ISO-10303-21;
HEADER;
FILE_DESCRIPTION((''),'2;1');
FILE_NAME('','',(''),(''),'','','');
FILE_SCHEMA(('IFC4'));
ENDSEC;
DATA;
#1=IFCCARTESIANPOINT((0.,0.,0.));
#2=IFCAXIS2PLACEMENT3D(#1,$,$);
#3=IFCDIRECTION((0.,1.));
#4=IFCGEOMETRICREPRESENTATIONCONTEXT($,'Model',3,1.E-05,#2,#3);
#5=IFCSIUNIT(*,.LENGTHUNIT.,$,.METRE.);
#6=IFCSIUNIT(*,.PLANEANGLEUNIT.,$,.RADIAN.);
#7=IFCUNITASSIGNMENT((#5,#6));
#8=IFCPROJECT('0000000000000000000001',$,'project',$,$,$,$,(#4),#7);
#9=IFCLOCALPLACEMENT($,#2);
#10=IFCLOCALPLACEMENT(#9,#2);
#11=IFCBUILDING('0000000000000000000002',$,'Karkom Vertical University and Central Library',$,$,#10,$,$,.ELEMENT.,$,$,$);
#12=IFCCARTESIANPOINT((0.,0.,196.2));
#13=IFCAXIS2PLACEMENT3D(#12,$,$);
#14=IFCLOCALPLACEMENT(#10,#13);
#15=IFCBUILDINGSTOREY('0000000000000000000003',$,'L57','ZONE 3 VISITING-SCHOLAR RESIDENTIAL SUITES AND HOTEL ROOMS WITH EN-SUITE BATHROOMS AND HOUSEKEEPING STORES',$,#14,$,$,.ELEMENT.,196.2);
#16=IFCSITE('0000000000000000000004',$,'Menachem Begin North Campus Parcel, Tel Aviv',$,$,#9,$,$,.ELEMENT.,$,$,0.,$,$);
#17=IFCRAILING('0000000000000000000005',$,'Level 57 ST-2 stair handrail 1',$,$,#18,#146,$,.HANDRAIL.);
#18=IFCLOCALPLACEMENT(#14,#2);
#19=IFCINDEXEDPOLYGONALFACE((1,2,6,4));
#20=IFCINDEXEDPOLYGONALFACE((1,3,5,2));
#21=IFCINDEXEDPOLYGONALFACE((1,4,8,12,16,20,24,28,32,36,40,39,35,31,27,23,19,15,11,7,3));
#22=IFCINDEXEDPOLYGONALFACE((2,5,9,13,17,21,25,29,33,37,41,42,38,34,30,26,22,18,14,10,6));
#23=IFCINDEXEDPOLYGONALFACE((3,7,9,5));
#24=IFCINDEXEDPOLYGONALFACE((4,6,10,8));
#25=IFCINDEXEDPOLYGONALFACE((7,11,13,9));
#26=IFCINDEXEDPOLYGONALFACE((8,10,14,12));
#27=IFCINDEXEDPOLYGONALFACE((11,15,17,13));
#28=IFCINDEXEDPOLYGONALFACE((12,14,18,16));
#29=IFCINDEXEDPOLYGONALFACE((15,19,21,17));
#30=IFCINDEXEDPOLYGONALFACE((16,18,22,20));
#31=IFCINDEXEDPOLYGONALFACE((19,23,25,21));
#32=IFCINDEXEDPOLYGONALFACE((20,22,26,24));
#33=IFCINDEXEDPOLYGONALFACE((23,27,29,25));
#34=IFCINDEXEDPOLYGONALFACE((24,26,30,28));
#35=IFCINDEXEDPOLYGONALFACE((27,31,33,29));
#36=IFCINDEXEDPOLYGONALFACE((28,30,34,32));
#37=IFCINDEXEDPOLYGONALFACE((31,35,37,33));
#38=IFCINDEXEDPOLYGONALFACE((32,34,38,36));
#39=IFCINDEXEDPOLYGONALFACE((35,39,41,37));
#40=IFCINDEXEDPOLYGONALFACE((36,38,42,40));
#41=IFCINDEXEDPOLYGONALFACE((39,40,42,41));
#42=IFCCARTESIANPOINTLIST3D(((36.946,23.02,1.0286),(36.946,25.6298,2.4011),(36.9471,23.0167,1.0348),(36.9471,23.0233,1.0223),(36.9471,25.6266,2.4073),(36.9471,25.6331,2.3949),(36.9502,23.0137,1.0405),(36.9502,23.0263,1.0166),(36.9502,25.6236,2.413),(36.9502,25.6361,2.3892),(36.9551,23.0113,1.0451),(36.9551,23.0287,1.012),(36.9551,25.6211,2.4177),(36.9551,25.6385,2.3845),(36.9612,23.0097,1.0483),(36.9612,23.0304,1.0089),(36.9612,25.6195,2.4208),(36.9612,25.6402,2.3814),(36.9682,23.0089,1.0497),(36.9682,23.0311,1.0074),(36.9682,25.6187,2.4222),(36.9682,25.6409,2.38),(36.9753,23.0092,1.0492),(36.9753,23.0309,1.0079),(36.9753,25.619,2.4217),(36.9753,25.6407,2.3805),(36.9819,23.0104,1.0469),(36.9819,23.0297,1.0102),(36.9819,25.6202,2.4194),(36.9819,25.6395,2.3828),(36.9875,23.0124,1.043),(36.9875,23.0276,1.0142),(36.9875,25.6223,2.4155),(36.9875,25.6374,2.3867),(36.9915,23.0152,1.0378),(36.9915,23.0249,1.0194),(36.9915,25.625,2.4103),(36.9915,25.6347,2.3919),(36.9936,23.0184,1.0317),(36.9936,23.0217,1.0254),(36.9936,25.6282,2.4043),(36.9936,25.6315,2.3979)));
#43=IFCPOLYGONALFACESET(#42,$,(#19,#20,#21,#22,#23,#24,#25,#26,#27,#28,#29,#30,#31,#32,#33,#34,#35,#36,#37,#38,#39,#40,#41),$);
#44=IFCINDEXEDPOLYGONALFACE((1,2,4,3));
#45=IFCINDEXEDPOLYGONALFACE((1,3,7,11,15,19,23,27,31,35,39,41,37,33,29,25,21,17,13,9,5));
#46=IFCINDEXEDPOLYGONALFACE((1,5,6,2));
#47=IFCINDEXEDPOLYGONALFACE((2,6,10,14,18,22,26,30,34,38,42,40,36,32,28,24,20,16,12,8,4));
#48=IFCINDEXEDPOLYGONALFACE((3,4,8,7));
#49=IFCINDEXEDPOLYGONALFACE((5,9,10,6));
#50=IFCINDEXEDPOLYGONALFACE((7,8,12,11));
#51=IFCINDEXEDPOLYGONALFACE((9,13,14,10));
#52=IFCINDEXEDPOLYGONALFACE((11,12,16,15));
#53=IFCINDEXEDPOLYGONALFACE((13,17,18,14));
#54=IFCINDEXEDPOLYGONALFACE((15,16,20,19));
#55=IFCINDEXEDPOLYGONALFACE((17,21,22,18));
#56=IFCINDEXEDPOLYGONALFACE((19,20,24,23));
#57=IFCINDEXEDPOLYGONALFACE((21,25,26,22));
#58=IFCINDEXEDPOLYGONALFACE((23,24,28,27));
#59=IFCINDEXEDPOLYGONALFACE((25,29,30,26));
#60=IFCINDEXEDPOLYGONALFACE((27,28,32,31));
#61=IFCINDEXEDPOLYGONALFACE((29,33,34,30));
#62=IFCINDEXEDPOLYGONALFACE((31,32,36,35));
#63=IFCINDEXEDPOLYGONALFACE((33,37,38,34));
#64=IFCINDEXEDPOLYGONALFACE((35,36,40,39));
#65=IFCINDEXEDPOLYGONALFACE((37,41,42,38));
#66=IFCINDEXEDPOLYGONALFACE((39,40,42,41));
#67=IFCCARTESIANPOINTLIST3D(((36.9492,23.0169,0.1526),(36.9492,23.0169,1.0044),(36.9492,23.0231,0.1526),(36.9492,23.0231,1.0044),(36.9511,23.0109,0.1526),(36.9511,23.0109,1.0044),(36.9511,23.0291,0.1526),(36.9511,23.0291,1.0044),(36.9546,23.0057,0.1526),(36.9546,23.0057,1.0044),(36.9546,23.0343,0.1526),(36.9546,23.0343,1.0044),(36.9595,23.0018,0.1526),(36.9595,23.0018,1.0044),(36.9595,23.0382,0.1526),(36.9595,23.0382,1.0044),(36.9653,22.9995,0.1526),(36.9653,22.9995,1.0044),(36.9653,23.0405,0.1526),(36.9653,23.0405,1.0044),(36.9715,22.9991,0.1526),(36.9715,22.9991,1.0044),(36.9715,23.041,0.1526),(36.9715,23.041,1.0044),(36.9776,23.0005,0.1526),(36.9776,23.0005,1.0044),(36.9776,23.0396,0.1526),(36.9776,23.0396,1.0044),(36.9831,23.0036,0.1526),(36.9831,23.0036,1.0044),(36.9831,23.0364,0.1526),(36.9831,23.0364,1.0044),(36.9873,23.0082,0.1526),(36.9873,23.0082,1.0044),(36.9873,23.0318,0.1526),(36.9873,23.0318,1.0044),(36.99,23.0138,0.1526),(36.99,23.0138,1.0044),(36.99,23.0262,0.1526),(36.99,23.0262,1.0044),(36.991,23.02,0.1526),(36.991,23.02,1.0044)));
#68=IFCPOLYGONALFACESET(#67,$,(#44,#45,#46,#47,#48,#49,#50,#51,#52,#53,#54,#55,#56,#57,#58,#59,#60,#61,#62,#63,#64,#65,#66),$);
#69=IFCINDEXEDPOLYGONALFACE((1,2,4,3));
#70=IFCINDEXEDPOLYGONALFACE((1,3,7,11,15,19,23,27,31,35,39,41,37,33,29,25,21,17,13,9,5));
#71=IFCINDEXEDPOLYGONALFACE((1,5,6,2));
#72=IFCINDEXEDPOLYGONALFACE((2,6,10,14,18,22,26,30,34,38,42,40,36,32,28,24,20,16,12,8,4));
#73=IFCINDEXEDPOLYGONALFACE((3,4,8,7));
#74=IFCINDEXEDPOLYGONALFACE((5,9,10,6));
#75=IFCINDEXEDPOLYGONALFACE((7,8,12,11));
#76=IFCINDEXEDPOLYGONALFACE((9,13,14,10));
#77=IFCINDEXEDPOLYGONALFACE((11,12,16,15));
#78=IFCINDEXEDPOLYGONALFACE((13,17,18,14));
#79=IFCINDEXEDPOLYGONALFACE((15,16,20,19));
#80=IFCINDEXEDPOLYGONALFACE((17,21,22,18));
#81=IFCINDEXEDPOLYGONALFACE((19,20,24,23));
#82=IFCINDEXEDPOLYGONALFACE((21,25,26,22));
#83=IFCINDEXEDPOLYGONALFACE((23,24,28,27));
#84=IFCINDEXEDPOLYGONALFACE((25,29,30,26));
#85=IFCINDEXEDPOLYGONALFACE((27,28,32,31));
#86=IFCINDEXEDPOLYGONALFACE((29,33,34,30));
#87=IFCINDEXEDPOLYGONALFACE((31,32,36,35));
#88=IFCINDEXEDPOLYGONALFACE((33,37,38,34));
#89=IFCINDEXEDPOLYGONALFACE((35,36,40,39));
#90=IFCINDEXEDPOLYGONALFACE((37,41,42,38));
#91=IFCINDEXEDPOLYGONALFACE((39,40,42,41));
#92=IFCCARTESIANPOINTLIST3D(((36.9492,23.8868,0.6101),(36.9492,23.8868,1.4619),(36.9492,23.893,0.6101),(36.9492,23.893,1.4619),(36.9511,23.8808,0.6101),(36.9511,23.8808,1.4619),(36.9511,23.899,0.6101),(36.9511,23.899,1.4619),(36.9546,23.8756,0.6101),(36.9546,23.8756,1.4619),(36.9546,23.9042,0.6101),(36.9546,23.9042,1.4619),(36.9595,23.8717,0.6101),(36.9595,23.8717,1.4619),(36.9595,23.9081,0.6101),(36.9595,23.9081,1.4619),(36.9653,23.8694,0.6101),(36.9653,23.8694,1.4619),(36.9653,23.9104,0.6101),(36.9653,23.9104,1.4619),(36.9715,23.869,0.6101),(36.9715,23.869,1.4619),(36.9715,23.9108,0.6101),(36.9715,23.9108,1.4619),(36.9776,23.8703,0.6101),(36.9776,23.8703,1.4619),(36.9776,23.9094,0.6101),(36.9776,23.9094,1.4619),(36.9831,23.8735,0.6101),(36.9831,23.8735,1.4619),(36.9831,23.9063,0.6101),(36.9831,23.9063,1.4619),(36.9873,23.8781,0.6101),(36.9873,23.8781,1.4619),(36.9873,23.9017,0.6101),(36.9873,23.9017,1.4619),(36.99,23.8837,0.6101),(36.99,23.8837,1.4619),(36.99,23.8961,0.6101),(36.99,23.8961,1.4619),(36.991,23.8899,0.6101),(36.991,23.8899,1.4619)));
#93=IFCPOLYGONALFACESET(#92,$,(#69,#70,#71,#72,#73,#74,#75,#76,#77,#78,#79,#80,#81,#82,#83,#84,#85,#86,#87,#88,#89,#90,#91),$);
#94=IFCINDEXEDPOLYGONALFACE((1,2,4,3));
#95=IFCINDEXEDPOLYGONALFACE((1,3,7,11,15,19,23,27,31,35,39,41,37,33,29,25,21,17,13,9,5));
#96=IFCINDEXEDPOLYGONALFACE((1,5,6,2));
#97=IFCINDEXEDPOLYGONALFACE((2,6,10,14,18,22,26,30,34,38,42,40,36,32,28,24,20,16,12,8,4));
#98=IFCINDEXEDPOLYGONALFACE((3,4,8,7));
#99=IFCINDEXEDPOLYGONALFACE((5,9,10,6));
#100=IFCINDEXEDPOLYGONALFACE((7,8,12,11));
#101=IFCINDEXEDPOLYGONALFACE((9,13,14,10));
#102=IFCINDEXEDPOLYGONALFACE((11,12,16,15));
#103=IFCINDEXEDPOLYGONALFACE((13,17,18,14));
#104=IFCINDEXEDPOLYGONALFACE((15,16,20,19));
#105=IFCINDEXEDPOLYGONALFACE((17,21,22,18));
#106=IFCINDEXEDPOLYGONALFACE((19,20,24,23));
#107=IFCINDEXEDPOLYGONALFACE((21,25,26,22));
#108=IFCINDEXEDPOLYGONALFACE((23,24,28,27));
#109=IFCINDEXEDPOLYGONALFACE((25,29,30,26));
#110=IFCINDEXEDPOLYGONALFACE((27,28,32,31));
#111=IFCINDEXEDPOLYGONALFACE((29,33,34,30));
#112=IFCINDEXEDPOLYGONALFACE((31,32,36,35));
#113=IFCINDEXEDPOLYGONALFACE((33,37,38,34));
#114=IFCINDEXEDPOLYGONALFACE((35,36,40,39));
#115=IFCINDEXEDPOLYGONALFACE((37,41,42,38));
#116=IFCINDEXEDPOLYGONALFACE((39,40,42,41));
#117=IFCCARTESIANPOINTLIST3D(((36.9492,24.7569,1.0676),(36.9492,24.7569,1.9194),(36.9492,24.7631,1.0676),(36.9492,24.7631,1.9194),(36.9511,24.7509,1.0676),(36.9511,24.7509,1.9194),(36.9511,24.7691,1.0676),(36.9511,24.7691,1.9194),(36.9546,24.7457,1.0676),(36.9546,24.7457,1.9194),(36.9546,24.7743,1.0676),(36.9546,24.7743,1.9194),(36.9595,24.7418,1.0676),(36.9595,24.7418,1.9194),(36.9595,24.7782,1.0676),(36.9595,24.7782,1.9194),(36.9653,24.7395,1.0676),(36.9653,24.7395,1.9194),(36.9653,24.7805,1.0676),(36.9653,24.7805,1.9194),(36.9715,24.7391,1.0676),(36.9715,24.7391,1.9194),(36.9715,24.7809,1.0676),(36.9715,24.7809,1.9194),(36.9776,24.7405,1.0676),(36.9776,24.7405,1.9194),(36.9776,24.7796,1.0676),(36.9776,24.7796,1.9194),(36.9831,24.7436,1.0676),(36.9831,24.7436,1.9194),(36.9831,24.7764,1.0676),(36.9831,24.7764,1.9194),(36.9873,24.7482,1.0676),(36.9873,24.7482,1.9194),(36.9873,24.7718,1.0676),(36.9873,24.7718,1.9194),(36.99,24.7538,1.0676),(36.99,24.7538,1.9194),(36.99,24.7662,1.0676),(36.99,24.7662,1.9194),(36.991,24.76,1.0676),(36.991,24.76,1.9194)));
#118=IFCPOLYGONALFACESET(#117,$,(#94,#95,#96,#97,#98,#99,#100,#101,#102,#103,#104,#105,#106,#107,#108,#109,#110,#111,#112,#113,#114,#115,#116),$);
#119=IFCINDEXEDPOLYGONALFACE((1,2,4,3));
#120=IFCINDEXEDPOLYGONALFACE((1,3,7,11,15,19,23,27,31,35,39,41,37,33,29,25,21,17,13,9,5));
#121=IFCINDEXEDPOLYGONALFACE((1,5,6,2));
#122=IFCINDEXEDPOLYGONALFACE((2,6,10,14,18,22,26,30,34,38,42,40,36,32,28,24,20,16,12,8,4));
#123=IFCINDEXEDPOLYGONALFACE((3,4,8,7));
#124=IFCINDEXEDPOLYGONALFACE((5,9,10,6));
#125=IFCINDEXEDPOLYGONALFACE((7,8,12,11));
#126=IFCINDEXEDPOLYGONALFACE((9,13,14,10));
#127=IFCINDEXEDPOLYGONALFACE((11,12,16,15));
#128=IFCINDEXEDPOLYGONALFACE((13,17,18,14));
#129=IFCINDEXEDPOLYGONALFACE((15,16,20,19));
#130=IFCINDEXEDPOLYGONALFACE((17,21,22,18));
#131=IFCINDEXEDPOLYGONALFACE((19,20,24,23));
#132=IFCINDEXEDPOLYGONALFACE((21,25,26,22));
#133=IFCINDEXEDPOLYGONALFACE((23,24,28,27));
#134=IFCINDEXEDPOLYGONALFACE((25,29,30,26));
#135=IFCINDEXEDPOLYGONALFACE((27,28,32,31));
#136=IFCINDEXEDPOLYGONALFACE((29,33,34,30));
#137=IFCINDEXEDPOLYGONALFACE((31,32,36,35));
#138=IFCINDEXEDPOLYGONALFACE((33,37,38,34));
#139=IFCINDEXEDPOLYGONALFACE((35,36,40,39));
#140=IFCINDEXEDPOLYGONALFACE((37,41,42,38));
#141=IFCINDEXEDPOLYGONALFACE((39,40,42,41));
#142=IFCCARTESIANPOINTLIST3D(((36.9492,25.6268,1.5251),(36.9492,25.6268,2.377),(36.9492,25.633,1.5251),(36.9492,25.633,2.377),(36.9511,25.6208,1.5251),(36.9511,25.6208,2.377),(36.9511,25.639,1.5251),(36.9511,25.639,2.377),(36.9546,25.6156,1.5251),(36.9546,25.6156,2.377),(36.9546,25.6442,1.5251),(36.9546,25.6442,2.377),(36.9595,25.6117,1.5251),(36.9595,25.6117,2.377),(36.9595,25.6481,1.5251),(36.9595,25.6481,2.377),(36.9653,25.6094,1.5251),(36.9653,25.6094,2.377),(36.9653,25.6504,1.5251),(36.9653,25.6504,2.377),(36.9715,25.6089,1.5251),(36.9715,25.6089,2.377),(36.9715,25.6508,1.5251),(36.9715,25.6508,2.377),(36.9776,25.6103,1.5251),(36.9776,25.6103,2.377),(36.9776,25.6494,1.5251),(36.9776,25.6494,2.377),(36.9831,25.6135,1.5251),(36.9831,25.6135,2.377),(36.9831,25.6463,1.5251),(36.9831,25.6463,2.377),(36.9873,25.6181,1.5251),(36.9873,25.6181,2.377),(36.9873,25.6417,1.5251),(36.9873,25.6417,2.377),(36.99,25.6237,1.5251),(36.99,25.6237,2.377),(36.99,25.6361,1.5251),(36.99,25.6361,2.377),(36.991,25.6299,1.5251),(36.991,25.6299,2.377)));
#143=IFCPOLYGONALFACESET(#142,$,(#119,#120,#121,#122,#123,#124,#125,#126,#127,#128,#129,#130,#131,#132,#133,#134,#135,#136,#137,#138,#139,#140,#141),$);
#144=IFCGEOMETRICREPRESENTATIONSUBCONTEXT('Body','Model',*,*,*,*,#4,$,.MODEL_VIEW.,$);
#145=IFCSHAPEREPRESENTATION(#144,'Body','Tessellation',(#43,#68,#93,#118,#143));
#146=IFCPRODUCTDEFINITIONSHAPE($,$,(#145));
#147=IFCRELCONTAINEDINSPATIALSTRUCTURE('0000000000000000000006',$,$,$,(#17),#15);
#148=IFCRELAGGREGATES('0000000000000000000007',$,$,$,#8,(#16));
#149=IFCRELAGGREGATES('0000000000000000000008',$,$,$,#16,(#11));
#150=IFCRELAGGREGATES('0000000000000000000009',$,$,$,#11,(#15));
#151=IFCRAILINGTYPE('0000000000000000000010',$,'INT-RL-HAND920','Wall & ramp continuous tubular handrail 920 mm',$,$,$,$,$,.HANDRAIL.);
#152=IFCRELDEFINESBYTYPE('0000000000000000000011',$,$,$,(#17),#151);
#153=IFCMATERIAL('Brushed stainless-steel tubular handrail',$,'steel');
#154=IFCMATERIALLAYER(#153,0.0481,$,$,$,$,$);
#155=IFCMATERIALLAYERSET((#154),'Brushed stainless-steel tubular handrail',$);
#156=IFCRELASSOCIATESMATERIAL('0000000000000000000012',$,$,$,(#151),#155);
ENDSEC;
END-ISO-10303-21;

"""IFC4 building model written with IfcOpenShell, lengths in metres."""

from ifc_helpers import new_model, si_unit, direction, frame, origin, origin_2d, place, context, subcontext, project, spatial, circle, extrude, material, layer, layer_set, type_object, element, save


model = new_model("IFC4")

# Units and contexts
model_context = context("Model", 3, precision=1e-05, world=origin(), true_north=direction((0.0, 1.0)))
body_context = subcontext(model_context, "Body", "Model", "MODEL_VIEW")
ifc_project = project(units=[si_unit("LENGTHUNIT", "METRE"), si_unit("PLANEANGLEUNIT", "RADIAN")], contexts=[model_context])

# Site, building, storey
site_placement = place(None, origin())
site = spatial("IfcSite", under=ifc_project, at=site_placement, Name="Menachem Begin North Campus Parcel, Tel Aviv", CompositionType="ELEMENT", RefElevation=0.0)
building_placement = place(site_placement, origin())
building = spatial("IfcBuilding", under=site, at=building_placement, Name="Karkom Vertical University and Central Library", CompositionType="ELEMENT")
storey_placement = place(building_placement, frame((0.0, 0.0, 196.2)))
storey = spatial("IfcBuildingStorey", under=building, at=storey_placement, Name="L57", Description="ZONE 3 VISITING-SCHOLAR RESIDENTIAL SUITES AND HOTEL ROOMS WITH EN-SUITE BATHROOMS AND HOUSEKEEPING STORES", CompositionType="ELEMENT", Elevation=196.2)

# Railing
ifc_material_1 = material(Name="Brushed stainless-steel tubular handrail", Category="steel")
ifc_layer_1 = layer(ifc_material_1, 0.0481)
ifc_layer_set_1 = layer_set([ifc_layer_1], Name="Brushed stainless-steel tubular handrail")
railing_type_1 = type_object("IfcRailingType", Name="INT-RL-HAND920", Description="Wall & ramp continuous tubular handrail 920 mm", PredefinedType="HANDRAIL", material=ifc_layer_set_1)
railing_1_placement = place(storey_placement, frame((36.97, 23.02, 0.1526)))
element("IfcRailing", 1, at=railing_1_placement, inside=storey, type_object=railing_type_1, Name="Level 57 ST-2 stair handrail 1", PredefinedType="HANDRAIL", context=body_context, shape_type="SweptSolid", body=[
    extrude(circle(Radius=0.0239, at=origin_2d()), frame((0.0, 0.0, 0.876), z_axis=(0.0, 0.885065, 0.465467), x_axis=(-1.0, 0.0, 0.0)), (0.0, 0.0, 1.0), 2.9487),
    extrude(circle(Radius=0.021, at=origin_2d()), origin(), (0.0, 0.0, 1.0), 0.8518),
    extrude(circle(Radius=0.021, at=origin_2d()), frame((0.0, 0.8699, 0.4575)), (0.0, 0.0, 1.0), 0.8518),
    extrude(circle(Radius=0.021, at=origin_2d()), frame((0.0, 1.74, 0.915)), (0.0, 0.0, 1.0), 0.8518),
    extrude(circle(Radius=0.021, at=origin_2d()), frame((0.0, 2.6099, 1.3726)), (0.0, 0.0, 1.0), 0.8518),
])

save(model, "model.ifc")
